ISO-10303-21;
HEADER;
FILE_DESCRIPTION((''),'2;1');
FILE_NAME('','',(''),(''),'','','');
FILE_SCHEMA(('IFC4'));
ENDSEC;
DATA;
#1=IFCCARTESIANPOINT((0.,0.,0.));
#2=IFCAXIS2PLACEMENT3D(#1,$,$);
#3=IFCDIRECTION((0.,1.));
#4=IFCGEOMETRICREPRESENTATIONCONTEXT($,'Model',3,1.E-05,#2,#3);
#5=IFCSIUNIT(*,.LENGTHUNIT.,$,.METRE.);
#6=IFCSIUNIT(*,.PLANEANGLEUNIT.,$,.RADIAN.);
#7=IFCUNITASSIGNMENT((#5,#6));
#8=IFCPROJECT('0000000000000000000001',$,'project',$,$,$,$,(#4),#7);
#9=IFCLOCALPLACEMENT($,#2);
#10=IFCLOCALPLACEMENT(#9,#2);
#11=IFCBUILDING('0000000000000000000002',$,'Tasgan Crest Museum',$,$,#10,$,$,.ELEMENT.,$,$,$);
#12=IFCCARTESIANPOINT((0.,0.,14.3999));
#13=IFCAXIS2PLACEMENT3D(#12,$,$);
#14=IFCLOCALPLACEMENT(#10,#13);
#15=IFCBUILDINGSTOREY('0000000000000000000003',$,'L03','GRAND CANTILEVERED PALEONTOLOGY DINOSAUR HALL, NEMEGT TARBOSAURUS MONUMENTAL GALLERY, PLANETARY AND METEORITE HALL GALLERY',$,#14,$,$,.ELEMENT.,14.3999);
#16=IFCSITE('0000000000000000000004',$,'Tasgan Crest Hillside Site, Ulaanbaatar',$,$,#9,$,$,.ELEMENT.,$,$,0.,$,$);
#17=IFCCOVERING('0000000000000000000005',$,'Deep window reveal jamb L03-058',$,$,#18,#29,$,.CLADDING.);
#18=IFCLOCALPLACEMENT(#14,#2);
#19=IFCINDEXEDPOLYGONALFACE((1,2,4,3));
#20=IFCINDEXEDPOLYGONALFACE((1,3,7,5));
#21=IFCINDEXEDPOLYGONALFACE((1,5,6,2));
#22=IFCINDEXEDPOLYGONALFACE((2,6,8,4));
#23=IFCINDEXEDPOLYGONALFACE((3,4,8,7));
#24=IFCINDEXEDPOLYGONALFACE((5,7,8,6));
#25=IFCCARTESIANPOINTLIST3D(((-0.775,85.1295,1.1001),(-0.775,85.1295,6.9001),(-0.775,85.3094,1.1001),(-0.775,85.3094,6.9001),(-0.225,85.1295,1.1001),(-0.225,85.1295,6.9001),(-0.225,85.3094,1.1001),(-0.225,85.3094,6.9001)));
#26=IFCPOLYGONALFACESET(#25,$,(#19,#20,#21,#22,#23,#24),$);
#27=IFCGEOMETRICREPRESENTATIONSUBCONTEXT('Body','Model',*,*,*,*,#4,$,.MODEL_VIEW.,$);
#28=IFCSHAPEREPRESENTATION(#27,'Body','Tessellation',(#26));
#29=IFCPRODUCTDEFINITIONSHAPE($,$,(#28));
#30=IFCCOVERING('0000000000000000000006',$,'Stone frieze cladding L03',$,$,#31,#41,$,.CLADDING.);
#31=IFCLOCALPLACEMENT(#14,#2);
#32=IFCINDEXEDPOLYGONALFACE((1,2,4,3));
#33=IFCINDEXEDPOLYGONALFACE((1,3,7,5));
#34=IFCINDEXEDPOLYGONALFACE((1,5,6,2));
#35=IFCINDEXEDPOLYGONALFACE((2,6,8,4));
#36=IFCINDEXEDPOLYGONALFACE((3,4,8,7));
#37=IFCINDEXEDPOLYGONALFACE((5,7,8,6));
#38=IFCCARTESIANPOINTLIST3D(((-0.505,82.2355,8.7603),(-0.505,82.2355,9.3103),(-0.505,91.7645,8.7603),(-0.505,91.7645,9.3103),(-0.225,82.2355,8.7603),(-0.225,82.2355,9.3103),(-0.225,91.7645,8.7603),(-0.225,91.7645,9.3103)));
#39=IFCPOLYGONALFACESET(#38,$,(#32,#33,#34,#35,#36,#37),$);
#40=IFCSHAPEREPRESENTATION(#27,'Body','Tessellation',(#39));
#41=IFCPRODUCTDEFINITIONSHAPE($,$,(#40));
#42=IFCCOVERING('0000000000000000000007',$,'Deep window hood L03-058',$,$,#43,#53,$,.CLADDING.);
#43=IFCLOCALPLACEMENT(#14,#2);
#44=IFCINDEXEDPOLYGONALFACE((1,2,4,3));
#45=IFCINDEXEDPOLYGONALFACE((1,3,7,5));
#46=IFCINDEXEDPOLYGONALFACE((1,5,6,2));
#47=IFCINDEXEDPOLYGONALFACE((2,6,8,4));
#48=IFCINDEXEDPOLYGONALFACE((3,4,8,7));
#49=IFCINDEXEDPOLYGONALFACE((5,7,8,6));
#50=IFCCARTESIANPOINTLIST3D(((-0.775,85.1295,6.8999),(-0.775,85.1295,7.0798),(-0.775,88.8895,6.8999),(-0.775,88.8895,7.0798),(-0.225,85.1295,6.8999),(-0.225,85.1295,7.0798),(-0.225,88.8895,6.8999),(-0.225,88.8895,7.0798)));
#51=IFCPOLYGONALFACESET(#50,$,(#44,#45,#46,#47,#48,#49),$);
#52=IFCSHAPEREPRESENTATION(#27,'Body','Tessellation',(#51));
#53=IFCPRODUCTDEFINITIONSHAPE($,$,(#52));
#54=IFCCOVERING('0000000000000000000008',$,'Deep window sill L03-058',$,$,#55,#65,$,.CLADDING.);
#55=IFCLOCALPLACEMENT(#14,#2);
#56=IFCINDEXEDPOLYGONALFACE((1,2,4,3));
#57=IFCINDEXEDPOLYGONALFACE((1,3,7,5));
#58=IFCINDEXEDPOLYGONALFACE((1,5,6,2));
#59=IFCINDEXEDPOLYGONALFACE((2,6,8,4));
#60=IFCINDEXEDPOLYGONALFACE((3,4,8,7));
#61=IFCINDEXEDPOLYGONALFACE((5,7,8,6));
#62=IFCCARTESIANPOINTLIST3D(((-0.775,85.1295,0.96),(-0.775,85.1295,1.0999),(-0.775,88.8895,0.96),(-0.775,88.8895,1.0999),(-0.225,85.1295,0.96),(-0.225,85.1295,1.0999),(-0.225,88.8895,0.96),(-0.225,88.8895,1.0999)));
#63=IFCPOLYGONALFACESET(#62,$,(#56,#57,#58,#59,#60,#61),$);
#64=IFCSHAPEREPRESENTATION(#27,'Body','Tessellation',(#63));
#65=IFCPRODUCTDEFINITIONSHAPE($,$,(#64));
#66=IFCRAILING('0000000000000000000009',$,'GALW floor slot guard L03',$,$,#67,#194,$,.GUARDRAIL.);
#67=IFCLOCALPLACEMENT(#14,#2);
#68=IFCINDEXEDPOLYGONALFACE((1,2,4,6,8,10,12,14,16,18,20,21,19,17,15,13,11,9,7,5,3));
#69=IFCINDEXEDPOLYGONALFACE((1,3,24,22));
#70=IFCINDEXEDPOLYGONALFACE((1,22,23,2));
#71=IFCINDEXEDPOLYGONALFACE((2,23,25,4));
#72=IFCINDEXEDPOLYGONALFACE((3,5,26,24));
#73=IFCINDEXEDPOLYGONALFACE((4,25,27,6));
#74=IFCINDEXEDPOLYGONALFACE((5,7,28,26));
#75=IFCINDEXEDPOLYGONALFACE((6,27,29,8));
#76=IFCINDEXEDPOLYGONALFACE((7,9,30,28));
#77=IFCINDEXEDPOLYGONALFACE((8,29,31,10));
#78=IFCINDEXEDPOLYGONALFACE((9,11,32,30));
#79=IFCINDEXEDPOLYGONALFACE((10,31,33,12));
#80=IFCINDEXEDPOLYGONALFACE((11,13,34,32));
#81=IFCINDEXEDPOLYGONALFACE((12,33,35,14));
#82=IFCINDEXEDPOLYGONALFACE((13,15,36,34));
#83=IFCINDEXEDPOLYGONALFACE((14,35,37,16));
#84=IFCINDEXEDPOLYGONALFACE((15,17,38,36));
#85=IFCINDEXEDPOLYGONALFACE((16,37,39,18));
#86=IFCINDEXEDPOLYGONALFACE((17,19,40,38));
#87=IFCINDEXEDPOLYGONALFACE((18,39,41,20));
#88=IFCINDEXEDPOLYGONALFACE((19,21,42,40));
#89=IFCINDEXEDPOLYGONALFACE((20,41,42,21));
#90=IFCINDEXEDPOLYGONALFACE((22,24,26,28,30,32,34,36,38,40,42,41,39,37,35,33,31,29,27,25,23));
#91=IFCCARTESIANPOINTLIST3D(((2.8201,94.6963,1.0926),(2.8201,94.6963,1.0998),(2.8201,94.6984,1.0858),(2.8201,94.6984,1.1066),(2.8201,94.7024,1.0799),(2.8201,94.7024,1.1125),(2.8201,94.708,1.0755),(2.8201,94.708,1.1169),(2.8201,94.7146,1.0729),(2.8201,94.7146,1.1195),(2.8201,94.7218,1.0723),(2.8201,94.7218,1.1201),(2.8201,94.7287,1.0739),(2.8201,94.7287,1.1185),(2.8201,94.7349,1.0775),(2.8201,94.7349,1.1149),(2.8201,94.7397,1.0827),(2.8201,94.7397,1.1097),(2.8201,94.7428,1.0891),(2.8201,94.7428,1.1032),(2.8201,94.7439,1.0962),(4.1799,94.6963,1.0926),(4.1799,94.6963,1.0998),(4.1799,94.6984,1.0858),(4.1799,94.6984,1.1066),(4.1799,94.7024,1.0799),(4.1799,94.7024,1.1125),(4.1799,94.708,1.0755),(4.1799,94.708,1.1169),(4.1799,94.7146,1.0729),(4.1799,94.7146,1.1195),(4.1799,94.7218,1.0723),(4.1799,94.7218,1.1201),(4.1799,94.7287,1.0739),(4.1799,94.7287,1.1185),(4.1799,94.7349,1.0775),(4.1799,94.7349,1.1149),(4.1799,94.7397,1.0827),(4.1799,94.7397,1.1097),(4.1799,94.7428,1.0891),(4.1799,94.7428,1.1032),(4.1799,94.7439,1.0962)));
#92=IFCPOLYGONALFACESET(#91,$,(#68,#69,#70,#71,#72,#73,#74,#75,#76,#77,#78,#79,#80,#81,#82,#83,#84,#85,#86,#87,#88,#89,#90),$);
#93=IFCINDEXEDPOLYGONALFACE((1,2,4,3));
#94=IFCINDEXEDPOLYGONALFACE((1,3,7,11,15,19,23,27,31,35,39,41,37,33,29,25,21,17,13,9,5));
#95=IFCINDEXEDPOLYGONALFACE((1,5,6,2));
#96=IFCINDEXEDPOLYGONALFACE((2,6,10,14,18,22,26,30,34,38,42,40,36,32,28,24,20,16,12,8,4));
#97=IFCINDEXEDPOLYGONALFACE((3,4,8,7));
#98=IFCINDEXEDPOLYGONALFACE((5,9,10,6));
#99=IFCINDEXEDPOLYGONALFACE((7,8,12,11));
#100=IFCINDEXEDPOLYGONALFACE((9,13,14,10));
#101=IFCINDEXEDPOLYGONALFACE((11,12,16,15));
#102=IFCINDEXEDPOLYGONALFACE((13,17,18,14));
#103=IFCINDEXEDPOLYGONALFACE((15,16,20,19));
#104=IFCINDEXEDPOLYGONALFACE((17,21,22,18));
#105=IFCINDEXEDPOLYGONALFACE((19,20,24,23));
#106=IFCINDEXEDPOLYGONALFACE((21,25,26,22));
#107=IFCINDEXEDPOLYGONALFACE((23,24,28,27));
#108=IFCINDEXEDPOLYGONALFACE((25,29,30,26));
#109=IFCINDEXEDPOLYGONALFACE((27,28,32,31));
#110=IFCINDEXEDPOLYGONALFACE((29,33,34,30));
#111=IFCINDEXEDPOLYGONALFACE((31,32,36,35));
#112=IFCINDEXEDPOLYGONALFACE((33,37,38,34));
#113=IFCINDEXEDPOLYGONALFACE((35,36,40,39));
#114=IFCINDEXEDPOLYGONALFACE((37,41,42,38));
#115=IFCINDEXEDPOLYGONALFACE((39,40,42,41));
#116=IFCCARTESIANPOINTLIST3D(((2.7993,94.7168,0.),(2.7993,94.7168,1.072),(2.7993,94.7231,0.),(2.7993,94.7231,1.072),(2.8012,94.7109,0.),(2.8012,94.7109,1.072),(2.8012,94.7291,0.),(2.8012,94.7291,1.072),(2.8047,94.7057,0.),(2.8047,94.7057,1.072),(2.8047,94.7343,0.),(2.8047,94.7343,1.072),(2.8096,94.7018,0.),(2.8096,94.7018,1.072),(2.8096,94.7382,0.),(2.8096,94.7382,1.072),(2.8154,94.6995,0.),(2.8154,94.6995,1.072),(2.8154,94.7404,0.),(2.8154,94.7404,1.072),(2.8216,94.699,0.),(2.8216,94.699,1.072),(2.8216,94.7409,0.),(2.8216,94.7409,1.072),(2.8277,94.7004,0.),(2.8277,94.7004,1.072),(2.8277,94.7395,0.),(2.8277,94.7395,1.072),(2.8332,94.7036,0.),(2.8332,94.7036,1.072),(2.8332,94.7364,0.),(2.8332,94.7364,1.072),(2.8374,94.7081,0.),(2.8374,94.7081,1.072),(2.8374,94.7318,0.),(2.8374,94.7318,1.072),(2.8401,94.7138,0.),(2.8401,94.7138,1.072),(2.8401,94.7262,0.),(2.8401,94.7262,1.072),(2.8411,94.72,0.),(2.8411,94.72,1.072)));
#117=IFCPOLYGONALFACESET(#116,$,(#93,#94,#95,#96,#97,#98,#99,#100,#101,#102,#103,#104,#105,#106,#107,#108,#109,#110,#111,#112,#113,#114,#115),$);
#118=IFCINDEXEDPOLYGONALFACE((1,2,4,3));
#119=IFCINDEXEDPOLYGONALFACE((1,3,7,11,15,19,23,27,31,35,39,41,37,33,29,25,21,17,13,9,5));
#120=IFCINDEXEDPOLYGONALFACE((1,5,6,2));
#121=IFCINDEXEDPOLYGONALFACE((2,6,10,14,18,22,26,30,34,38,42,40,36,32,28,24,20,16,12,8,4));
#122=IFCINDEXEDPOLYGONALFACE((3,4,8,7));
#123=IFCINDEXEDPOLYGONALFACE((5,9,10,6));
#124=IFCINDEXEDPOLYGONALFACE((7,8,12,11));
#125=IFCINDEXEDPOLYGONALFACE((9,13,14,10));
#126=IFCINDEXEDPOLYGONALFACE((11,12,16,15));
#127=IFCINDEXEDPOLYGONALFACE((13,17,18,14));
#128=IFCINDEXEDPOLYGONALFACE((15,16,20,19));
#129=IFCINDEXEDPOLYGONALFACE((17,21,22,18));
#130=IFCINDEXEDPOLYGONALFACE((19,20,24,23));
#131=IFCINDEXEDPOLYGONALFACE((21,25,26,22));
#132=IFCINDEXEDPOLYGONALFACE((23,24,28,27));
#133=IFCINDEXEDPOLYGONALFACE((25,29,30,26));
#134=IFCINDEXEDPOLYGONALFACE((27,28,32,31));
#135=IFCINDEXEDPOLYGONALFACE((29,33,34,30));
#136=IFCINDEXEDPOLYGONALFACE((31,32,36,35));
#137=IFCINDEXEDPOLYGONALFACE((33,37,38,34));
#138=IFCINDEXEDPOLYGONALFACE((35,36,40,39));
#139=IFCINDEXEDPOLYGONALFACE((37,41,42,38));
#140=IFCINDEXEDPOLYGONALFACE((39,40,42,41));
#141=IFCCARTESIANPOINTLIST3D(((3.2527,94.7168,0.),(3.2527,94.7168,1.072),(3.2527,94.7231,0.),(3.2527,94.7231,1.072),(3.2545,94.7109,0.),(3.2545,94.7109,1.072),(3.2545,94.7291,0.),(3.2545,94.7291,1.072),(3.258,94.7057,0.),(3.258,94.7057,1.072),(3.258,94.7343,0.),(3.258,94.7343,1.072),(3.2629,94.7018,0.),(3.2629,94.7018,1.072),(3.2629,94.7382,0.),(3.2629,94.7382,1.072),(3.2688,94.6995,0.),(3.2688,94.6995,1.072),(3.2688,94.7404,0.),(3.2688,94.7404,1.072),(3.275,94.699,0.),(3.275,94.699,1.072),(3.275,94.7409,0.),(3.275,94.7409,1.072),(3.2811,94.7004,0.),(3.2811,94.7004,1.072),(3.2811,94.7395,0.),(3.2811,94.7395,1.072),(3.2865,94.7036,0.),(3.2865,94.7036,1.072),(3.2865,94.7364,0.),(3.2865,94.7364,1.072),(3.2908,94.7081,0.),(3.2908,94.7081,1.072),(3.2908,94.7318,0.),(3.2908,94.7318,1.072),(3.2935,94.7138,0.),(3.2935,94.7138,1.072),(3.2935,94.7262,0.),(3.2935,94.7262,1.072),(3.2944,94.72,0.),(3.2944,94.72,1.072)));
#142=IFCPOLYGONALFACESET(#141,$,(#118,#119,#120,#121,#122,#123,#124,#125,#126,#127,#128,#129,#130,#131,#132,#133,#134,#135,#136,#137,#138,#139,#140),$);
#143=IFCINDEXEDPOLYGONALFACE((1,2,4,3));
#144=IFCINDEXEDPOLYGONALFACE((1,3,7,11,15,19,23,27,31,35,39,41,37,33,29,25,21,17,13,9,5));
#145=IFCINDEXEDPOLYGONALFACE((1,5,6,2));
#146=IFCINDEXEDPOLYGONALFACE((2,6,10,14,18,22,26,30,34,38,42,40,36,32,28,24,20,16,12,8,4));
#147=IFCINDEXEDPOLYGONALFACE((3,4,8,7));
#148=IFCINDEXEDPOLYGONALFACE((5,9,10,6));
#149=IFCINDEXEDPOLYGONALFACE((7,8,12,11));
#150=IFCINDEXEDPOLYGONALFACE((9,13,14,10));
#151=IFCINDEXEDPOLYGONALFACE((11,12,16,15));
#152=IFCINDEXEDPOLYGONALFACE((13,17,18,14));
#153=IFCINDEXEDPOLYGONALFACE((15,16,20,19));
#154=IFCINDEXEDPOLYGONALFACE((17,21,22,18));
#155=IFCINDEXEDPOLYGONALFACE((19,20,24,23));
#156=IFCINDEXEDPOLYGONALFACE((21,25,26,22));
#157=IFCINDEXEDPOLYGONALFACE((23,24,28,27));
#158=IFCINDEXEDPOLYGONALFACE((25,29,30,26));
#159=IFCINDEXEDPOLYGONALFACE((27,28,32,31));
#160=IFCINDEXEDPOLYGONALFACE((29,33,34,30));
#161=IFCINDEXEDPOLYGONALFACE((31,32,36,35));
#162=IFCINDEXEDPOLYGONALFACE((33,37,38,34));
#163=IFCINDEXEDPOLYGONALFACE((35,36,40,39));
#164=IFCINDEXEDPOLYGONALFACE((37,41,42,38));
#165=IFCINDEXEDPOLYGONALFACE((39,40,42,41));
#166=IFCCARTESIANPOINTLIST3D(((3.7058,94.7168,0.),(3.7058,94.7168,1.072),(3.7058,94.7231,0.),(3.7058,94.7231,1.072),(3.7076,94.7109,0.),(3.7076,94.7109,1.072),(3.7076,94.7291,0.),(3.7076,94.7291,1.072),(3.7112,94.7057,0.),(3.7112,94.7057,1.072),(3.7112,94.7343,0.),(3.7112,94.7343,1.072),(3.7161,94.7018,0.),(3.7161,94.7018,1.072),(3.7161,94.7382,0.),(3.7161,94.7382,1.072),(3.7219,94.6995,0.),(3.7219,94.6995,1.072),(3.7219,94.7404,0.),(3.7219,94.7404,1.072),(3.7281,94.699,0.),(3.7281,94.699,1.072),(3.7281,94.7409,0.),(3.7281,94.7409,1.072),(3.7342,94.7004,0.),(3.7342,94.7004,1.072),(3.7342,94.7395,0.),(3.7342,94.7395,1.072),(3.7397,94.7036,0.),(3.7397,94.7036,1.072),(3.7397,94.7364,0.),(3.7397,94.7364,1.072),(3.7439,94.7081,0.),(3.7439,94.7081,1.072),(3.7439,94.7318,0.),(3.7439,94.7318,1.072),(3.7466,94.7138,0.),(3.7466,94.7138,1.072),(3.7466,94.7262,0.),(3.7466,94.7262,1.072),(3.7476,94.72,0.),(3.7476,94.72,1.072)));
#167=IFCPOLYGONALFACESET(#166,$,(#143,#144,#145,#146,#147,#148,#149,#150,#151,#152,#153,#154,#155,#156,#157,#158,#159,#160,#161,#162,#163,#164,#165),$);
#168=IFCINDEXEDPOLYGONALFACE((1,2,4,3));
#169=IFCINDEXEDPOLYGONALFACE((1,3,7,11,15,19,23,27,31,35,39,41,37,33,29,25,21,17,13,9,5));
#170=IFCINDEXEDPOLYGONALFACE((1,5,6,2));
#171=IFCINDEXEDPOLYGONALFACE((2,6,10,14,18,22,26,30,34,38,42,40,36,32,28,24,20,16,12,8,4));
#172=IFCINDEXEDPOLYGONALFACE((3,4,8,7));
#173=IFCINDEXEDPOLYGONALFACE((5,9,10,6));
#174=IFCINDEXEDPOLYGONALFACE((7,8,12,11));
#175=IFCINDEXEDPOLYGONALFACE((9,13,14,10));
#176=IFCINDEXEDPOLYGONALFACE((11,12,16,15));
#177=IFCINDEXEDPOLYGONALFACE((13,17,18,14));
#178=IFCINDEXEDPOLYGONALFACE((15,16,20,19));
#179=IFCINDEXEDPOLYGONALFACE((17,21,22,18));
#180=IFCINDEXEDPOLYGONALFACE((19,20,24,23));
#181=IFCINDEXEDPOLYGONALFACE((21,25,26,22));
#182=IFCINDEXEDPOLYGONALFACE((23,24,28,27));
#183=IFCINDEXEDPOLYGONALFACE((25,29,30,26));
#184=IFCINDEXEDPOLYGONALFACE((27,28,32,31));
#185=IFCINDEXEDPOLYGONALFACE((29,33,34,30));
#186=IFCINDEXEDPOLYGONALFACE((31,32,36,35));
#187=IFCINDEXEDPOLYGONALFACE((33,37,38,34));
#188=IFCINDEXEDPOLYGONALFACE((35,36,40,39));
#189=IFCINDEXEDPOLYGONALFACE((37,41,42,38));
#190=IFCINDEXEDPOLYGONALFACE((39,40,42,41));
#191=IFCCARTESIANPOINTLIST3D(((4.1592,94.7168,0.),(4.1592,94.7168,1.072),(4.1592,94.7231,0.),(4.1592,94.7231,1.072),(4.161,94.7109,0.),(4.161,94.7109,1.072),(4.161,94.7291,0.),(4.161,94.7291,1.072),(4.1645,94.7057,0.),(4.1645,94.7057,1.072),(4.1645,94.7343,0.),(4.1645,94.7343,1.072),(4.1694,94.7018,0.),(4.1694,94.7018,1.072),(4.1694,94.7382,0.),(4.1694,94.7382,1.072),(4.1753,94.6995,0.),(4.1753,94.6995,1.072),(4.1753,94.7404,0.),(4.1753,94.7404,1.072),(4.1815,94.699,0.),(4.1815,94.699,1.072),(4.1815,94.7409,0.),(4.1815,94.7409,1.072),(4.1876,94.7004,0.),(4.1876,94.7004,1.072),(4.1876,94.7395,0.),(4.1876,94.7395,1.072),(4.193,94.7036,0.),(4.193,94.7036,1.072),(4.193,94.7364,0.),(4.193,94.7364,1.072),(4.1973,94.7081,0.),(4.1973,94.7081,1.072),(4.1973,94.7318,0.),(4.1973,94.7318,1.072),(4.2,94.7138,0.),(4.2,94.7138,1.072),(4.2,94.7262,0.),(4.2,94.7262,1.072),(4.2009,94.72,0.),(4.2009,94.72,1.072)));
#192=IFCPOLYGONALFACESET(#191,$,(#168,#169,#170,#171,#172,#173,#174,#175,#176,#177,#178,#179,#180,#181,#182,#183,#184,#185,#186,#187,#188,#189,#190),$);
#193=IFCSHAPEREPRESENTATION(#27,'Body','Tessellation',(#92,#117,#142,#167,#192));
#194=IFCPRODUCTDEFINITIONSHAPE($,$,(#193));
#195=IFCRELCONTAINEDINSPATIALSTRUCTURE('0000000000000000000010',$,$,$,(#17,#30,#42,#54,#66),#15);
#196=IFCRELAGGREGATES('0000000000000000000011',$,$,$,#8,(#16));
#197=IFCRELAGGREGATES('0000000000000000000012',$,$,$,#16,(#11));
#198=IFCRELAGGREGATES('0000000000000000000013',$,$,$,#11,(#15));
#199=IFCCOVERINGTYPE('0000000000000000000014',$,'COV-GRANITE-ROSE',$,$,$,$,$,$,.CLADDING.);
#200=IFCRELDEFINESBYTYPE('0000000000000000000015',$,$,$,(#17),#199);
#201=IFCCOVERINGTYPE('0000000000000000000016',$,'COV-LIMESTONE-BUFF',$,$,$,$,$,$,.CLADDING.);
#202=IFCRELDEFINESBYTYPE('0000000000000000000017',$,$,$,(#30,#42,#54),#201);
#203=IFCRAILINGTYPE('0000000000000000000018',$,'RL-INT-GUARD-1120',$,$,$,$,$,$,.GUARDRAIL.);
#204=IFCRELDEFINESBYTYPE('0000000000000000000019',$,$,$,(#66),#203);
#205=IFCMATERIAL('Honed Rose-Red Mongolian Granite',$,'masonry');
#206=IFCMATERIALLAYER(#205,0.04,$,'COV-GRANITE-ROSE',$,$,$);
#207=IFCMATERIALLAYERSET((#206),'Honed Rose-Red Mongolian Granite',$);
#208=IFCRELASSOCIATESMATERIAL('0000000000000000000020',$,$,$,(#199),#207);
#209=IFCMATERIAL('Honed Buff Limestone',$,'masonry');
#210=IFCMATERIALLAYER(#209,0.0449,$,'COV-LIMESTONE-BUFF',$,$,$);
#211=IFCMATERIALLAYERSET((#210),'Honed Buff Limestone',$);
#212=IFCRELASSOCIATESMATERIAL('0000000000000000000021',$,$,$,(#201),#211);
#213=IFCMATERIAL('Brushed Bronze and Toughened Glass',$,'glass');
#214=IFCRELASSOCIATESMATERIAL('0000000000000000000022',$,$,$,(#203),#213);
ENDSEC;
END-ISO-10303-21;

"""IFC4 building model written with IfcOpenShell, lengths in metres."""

from ifc_helpers import new_model, si_unit, direction, frame, origin, origin_2d, place, context, subcontext, project, spatial, rectangle, circle, extrude, material, layer, layer_set, type_object, element, save


model = new_model("IFC4")

# Units and contexts
model_context = context("Model", 3, precision=1e-05, world=origin(), true_north=direction((0.0, 1.0)))
body_context = subcontext(model_context, "Body", "Model", "MODEL_VIEW")
ifc_project = project(units=[si_unit("LENGTHUNIT", "METRE"), si_unit("PLANEANGLEUNIT", "RADIAN")], contexts=[model_context])

# Site, building, storey
site_placement = place(None, origin())
site = spatial("IfcSite", under=ifc_project, at=site_placement, Name="Tasgan Crest Hillside Site, Ulaanbaatar", CompositionType="ELEMENT", RefElevation=0.0)
building_placement = place(site_placement, origin())
building = spatial("IfcBuilding", under=site, at=building_placement, Name="Tasgan Crest Museum", CompositionType="ELEMENT")
storey_placement = place(building_placement, frame((0.0, 0.0, 14.3999)))
storey = spatial("IfcBuildingStorey", under=building, at=storey_placement, Name="L03", Description="GRAND CANTILEVERED PALEONTOLOGY DINOSAUR HALL, NEMEGT TARBOSAURUS MONUMENTAL GALLERY, PLANETARY AND METEORITE HALL GALLERY", CompositionType="ELEMENT", Elevation=14.3999)

# Coverings
ifc_material_1 = material(Name="Honed Rose-Red Mongolian Granite", Category="masonry")
ifc_layer_1 = layer(ifc_material_1, 0.04, Name="COV-GRANITE-ROSE")
ifc_layer_set_1 = layer_set([ifc_layer_1], Name="Honed Rose-Red Mongolian Granite")
covering_type_1 = type_object("IfcCoveringType", Name="COV-GRANITE-ROSE", PredefinedType="CLADDING", material=ifc_layer_set_1)
for number, where, z_axis, x_axis, name in (
    (1, (-0.5, 85.2195, 1.1001), (0.0, 0.0, 1.0), (0.0, -1.0, 0.0), "Deep window reveal jamb L03-058"),
):
    element("IfcCovering", number, at=place(storey_placement, frame(where, z_axis=z_axis, x_axis=x_axis)), inside=storey, type_object=covering_type_1, Name=name, PredefinedType="CLADDING", context=body_context, shape_type="SweptSolid", body=[
        extrude(rectangle(XDim=0.1799, YDim=0.55, at=origin_2d()), origin(), (0.0, 0.0, 1.0), 5.8),
    ])
ifc_material_2 = material(Name="Honed Buff Limestone", Category="masonry")
ifc_layer_2 = layer(ifc_material_2, 0.0449, Name="COV-LIMESTONE-BUFF")
ifc_layer_set_2 = layer_set([ifc_layer_2], Name="Honed Buff Limestone")
covering_type_2 = type_object("IfcCoveringType", Name="COV-LIMESTONE-BUFF", PredefinedType="CLADDING", material=ifc_layer_set_2)
covering_1_placement = place(storey_placement, frame((-0.365, 87.0, 8.7603), z_axis=(0.0, 0.0, 1.0), x_axis=(0.0, -1.0, 0.0)))
element("IfcCovering", 2, at=covering_1_placement, inside=storey, type_object=covering_type_2, Name="Stone frieze cladding L03", PredefinedType="CLADDING", context=body_context, shape_type="SweptSolid", body=[
    extrude(rectangle(XDim=9.5291, YDim=0.28, at=origin_2d()), origin(), (0.0, 0.0, 1.0), 0.55),
])
covering_2_placement = place(storey_placement, frame((-0.5, 87.0095, 6.8999), z_axis=(0.0, 0.0, 1.0), x_axis=(0.0, -1.0, 0.0)))
element("IfcCovering", 3, at=covering_2_placement, inside=storey, type_object=covering_type_2, Name="Deep window hood L03-058", PredefinedType="CLADDING", context=body_context, shape_type="SweptSolid", body=[
    extrude(rectangle(XDim=3.76, YDim=0.55, at=origin_2d()), origin(), (0.0, 0.0, 1.0), 0.1799),
])
covering_3_placement = place(storey_placement, frame((-0.5, 87.0095, 0.96), z_axis=(0.0, 0.0, 1.0), x_axis=(0.0, -1.0, 0.0)))
element("IfcCovering", 4, at=covering_3_placement, inside=storey, type_object=covering_type_2, Name="Deep window sill L03-058", PredefinedType="CLADDING", context=body_context, shape_type="SweptSolid", body=[
    extrude(rectangle(XDim=3.76, YDim=0.55, at=origin_2d()), origin(), (0.0, 0.0, 1.0), 0.1399),
])

# Railing
ifc_material_3 = material(Name="Brushed Bronze and Toughened Glass", Category="glass")
railing_type = type_object("IfcRailingType", Name="RL-INT-GUARD-1120", PredefinedType="GUARDRAIL", material=ifc_material_3)
railing_1_placement = place(storey_placement, frame((2.8201, 94.72, 0.0)))
element("IfcRailing", 5, at=railing_1_placement, inside=storey, type_object=railing_type, Name="GALW floor slot guard L03", PredefinedType="GUARDRAIL", context=body_context, shape_type="SweptSolid", body=[
    extrude(circle(Radius=0.0239, at=origin_2d()), frame((0.0, 0.0, 1.0962), z_axis=(1.0, 0.0, 0.0), x_axis=(0.0, 1.0, 0.0)), (0.0, 0.0, 1.0), 1.3599),
    extrude(circle(Radius=0.021, at=origin_2d()), origin(), (0.0, 0.0, 1.0), 1.072),
    extrude(circle(Radius=0.021, at=origin_2d()), frame((0.4534, 0.0, 0.0)), (0.0, 0.0, 1.0), 1.072),
    extrude(circle(Radius=0.021, at=origin_2d()), frame((0.9065, 0.0, 0.0)), (0.0, 0.0, 1.0), 1.072),
    extrude(circle(Radius=0.021, at=origin_2d()), frame((1.3599, 0.0, 0.0)), (0.0, 0.0, 1.0), 1.072),
])

save(model, "model.ifc")
